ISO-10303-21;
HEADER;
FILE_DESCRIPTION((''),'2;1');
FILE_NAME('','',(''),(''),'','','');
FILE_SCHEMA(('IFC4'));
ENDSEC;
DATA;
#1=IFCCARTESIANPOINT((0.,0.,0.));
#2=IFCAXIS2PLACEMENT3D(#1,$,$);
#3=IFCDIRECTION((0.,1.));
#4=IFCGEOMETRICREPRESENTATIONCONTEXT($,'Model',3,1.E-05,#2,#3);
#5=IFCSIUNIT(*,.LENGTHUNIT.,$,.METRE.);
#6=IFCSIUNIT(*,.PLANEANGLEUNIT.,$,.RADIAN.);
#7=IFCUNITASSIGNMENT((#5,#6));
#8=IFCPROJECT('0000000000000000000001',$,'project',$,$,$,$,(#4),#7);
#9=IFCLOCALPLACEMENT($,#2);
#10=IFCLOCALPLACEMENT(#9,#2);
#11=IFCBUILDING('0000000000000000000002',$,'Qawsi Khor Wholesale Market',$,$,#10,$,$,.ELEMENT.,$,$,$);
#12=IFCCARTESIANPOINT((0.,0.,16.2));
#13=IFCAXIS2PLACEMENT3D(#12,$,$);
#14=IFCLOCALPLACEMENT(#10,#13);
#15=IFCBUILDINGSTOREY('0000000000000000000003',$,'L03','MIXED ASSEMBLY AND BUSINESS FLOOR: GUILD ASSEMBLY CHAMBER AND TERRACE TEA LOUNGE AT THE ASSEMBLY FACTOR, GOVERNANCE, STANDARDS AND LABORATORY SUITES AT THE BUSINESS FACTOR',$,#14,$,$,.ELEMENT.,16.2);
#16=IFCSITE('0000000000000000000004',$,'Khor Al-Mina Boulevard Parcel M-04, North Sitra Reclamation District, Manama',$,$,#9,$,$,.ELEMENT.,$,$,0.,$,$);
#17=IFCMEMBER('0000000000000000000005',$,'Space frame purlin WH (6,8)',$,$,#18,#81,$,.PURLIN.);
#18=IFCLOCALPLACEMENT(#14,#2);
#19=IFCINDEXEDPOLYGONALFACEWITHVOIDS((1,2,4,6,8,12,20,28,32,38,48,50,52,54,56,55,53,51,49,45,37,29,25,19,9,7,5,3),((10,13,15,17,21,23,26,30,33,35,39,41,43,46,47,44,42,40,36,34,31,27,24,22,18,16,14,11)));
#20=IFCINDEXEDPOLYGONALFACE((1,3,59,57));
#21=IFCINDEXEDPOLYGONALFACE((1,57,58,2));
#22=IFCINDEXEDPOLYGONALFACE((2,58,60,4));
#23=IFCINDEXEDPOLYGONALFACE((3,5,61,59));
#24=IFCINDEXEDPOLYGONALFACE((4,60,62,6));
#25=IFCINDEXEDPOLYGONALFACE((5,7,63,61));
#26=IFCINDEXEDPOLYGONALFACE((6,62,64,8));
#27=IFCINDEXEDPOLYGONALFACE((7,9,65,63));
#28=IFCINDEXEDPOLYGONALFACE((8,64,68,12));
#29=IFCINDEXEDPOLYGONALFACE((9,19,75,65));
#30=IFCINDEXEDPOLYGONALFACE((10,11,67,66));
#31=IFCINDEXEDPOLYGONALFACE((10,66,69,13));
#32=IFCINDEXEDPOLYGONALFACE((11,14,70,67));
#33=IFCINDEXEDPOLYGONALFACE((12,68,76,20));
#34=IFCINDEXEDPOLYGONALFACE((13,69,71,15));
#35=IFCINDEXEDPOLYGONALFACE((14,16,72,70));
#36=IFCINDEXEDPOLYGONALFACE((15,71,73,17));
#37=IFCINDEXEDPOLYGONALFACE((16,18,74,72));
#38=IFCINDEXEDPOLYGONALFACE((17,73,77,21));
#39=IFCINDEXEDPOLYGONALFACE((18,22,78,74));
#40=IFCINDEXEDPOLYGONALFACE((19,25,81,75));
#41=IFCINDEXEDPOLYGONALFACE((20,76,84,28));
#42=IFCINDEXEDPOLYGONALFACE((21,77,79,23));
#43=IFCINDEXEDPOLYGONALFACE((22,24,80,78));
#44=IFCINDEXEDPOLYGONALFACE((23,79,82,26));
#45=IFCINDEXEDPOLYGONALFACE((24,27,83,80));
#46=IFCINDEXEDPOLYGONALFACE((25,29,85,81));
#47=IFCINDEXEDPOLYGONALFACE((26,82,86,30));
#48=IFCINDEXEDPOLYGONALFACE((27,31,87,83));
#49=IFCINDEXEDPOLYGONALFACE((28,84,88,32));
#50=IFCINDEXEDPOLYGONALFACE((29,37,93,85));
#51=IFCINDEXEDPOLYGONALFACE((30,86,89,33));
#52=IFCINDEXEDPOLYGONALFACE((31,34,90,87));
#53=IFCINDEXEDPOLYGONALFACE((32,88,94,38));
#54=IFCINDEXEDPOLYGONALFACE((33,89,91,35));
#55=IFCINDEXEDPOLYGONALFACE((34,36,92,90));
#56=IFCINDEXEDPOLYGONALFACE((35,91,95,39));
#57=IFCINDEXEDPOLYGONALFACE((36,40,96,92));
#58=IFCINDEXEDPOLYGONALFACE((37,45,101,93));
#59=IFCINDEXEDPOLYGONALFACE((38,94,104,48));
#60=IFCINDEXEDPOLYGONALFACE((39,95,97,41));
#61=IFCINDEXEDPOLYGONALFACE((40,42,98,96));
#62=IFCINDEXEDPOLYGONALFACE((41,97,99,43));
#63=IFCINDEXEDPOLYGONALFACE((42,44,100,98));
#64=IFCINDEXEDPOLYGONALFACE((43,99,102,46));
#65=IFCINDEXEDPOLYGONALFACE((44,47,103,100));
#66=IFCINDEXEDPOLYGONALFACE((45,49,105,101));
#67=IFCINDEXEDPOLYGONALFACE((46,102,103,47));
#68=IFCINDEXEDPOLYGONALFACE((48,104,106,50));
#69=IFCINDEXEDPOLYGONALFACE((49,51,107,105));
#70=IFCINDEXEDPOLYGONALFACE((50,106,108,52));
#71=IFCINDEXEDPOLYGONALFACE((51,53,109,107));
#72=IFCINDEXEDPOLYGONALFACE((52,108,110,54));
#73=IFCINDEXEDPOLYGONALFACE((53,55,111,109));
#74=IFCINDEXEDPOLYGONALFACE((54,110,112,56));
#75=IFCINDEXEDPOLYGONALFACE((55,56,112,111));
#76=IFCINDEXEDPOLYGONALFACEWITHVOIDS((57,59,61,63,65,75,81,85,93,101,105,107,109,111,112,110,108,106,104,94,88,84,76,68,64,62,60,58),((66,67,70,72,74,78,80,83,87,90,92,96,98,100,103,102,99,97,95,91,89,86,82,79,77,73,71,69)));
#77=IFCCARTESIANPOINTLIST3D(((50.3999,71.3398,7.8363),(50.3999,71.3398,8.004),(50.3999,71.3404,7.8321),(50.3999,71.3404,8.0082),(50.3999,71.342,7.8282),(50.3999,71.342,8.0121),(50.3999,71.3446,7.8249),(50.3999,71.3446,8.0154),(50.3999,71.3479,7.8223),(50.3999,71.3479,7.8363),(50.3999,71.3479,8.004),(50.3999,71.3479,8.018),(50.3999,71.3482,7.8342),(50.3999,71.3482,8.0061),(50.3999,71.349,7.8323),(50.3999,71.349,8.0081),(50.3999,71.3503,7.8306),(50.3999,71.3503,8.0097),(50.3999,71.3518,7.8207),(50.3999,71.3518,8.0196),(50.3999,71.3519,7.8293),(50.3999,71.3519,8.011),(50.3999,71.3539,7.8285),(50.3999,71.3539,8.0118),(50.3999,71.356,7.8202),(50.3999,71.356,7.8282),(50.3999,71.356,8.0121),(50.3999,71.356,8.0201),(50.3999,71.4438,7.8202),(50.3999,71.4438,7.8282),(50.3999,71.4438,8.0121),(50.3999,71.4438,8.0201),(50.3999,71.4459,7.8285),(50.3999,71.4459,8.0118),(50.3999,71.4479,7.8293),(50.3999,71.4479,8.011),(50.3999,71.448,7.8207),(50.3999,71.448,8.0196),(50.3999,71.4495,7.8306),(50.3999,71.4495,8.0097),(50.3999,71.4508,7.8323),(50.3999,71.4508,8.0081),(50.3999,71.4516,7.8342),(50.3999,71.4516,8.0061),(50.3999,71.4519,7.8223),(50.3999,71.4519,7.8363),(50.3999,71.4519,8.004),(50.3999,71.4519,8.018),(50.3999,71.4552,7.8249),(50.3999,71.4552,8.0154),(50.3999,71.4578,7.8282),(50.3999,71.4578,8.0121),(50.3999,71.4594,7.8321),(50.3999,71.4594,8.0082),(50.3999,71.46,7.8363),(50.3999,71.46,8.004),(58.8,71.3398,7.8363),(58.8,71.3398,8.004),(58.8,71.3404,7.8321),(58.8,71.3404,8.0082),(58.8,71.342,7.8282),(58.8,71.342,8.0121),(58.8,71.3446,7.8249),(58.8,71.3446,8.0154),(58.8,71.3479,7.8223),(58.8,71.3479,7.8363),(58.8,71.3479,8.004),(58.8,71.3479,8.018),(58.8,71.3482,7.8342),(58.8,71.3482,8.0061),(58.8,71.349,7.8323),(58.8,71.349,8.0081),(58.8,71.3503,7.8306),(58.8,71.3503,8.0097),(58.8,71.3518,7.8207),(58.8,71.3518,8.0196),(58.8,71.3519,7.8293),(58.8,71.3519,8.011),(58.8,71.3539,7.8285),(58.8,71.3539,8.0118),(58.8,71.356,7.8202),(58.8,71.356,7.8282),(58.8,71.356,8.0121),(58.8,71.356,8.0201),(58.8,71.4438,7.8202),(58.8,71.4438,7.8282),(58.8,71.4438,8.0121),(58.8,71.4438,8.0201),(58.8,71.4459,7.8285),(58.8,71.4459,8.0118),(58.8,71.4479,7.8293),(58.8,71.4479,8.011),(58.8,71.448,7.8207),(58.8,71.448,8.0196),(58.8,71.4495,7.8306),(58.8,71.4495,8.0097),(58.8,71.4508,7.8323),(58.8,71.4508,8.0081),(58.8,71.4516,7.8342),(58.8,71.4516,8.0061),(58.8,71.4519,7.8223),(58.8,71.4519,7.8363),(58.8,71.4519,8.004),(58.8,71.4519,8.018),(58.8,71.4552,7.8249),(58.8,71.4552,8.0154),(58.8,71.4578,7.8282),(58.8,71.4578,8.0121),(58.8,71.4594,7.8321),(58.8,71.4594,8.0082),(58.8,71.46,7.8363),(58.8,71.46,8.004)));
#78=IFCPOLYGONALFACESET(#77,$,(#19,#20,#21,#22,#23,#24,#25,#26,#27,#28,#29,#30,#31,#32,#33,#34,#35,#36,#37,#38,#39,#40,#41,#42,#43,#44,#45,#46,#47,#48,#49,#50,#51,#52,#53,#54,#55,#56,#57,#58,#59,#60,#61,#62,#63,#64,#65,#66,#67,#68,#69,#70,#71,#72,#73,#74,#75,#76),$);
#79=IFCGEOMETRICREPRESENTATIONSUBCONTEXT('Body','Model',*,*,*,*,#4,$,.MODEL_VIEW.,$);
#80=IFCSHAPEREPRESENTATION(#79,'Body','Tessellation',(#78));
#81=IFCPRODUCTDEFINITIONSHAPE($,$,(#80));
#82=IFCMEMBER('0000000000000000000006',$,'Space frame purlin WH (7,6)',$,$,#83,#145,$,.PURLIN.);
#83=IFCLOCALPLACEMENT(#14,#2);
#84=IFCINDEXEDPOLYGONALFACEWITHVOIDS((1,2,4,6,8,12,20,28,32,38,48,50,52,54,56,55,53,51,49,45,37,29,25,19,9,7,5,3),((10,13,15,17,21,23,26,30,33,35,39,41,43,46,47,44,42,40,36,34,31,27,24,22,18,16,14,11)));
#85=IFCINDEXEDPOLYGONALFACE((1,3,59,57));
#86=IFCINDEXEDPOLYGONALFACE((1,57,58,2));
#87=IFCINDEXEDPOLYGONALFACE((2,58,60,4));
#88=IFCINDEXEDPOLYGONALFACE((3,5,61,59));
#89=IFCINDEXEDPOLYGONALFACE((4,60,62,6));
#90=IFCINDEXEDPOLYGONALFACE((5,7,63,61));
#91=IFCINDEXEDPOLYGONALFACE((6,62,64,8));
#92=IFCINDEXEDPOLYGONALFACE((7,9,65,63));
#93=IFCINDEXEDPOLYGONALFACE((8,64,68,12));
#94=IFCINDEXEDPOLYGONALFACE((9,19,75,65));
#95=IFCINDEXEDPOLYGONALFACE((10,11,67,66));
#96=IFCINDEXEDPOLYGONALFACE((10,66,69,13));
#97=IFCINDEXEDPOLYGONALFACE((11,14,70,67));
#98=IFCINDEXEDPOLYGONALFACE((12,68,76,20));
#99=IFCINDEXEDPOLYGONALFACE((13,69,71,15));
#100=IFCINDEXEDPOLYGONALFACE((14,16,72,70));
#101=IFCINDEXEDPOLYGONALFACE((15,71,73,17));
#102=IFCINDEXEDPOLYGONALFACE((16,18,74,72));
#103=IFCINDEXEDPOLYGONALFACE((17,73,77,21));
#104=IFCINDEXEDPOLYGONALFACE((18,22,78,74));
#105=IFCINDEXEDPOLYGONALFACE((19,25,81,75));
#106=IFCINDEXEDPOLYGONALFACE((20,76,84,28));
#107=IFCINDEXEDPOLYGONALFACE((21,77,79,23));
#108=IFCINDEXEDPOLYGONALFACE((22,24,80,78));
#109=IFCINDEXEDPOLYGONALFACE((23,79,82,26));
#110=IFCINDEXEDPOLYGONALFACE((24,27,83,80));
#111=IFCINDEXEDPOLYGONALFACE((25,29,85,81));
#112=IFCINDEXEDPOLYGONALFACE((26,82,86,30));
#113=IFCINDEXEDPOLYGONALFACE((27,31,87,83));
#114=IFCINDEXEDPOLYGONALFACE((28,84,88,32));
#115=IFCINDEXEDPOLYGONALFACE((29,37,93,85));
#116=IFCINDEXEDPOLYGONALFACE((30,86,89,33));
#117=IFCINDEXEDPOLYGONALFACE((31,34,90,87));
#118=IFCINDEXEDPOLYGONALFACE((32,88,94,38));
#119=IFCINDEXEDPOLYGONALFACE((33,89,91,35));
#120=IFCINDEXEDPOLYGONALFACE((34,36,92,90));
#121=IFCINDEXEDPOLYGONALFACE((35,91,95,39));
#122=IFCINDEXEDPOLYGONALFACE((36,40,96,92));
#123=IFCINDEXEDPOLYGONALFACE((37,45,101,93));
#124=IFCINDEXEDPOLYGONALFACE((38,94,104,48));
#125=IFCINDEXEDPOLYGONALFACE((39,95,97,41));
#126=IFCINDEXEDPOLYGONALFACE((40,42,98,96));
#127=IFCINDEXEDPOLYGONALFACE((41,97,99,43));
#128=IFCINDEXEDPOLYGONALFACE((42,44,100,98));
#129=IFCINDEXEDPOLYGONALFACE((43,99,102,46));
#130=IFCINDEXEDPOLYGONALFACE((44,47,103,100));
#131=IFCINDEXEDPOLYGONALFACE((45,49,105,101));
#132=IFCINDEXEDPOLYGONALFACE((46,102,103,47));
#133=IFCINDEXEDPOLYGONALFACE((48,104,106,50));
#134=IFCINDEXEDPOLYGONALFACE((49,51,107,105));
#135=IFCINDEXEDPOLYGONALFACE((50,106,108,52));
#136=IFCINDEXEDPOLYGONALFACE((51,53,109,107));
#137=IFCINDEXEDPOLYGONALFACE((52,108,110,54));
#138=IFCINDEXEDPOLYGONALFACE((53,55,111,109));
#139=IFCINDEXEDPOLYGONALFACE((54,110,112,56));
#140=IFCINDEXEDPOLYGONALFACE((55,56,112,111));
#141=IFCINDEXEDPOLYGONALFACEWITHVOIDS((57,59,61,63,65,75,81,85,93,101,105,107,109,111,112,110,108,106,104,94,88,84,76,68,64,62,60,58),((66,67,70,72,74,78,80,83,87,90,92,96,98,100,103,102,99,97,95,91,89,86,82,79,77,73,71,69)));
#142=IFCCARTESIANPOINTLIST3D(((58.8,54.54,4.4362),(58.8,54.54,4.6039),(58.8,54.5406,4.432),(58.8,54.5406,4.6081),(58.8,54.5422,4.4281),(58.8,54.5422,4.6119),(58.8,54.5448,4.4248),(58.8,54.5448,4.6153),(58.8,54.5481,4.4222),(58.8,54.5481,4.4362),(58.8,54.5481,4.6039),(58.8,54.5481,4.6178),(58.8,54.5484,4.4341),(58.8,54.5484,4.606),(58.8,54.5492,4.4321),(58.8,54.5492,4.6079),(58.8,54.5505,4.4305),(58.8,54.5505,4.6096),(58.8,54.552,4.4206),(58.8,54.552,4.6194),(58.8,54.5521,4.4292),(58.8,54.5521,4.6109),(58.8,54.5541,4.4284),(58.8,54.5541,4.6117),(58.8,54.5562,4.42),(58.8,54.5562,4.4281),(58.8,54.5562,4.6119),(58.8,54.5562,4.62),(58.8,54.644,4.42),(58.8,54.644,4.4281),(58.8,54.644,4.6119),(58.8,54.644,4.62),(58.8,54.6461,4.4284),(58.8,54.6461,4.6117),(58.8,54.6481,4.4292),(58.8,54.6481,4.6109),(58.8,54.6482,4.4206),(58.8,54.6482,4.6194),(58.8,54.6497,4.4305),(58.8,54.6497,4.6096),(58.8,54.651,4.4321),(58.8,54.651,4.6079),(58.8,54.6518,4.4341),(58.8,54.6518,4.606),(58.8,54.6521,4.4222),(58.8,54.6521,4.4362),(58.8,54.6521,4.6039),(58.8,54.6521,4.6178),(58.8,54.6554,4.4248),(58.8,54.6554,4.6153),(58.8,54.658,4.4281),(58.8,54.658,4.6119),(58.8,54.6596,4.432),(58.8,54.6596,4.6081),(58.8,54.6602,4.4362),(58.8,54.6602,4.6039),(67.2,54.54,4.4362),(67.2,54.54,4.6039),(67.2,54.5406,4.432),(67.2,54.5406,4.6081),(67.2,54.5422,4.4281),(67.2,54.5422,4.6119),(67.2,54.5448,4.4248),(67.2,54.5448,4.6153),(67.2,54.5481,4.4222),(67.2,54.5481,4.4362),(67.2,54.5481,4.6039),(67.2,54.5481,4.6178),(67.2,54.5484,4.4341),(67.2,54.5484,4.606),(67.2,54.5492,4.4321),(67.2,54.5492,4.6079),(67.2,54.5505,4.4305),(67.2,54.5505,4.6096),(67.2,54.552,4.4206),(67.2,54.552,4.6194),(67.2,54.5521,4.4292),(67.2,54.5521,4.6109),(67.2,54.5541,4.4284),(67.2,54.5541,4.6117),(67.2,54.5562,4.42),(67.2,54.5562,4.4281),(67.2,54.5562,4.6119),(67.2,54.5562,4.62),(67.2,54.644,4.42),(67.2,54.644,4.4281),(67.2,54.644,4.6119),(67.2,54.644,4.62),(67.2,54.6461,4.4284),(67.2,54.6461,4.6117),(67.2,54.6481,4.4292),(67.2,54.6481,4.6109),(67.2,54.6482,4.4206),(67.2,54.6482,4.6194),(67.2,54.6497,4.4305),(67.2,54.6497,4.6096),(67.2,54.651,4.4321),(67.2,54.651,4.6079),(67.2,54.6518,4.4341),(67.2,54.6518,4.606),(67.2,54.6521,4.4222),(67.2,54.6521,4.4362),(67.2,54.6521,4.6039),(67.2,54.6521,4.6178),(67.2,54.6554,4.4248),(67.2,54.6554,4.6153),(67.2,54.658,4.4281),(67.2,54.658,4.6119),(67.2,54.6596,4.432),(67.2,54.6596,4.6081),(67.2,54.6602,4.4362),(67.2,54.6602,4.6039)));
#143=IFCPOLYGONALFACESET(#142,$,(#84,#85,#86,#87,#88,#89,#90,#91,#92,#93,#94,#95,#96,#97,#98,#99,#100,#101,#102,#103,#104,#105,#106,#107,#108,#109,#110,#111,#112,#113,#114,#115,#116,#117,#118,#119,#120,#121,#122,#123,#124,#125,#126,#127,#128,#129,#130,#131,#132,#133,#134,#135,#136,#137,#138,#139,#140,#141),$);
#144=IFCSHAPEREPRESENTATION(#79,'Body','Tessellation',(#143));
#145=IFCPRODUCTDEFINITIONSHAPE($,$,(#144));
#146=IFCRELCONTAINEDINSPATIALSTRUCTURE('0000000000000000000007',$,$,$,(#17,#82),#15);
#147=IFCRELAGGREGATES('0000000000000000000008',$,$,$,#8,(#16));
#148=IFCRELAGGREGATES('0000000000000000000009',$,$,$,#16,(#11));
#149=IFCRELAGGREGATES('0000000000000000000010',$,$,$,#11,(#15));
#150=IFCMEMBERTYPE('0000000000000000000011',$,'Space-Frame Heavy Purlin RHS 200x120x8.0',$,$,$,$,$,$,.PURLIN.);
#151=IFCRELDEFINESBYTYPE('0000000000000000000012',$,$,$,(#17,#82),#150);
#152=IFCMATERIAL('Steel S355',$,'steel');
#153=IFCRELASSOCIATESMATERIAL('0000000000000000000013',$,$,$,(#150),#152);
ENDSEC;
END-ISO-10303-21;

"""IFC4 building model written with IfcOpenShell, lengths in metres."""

from ifc_helpers import new_model, si_unit, direction, frame, origin, origin_2d, place, context, subcontext, project, spatial, hollow_rectangle, extrude, material, material_profile, profile_set, type_object, element, save


model = new_model("IFC4")

# Units and contexts
model_context = context("Model", 3, precision=1e-05, world=origin(), true_north=direction((0.0, 1.0)))
body_context = subcontext(model_context, "Body", "Model", "MODEL_VIEW")
ifc_project = project(units=[si_unit("LENGTHUNIT", "METRE"), si_unit("PLANEANGLEUNIT", "RADIAN")], contexts=[model_context])

# Site, building, storey
site_placement = place(None, origin())
site = spatial("IfcSite", under=ifc_project, at=site_placement, Name="Khor Al-Mina Boulevard Parcel M-04, North Sitra Reclamation District, Manama", CompositionType="ELEMENT", RefElevation=0.0)
building_placement = place(site_placement, origin())
building = spatial("IfcBuilding", under=site, at=building_placement, Name="Qawsi Khor Wholesale Market", CompositionType="ELEMENT")
storey_placement = place(building_placement, frame((0.0, 0.0, 16.2)))
storey = spatial("IfcBuildingStorey", under=building, at=storey_placement, Name="L03", Description="MIXED ASSEMBLY AND BUSINESS FLOOR: GUILD ASSEMBLY CHAMBER AND TERRACE TEA LOUNGE AT THE ASSEMBLY FACTOR, GOVERNANCE, STANDARDS AND LABORATORY SUITES AT THE BUSINESS FACTOR", CompositionType="ELEMENT", Elevation=16.2)

# Members
ifc_material_1 = material(Name="Steel S355", Category="steel")
ifc_material_profile_1 = material_profile(ifc_material_1, hollow_rectangle(XDim=0.1201, YDim=0.2, WallThickness=0.0081, InnerFilletRadius=0.0081, OuterFilletRadius=0.0161, at=origin_2d()), Name="RHS 200x120x8.0")
ifc_profile_set_1 = profile_set([ifc_material_profile_1], Name="Steel S355")
member_type_1 = type_object("IfcMemberType", Name="Space-Frame Heavy Purlin RHS 200x120x8.0", PredefinedType="PURLIN", material=ifc_profile_set_1)
for number, where, z_axis, x_axis, name in (
    (1, (50.3999, 71.3999, 7.9202), (1.0, 0.0, 0.0), (0.0, 1.0, 0.0), "Space frame purlin WH (6,8)"),
):
    element("IfcMember", number, at=place(storey_placement, frame(where, z_axis=z_axis, x_axis=x_axis)), inside=storey, type_object=member_type_1, Name=name, PredefinedType="PURLIN", context=body_context, shape_type="SweptSolid", body=[
        extrude(hollow_rectangle(XDim=0.1201, YDim=0.2, WallThickness=0.0081, InnerFilletRadius=0.0081, OuterFilletRadius=0.0161, at=origin_2d()), origin(), (0.0, 0.0, 1.0), 8.4001),
    ])
for number, where, z_axis, x_axis, name in (
    (2, (58.8, 54.6001, 4.52), (1.0, 0.0, 0.0), (0.0, 1.0, 0.0), "Space frame purlin WH (7,6)"),
):
    element("IfcMember", number, at=place(storey_placement, frame(where, z_axis=z_axis, x_axis=x_axis)), inside=storey, type_object=member_type_1, Name=name, PredefinedType="PURLIN", context=body_context, shape_type="SweptSolid", body=[
        extrude(hollow_rectangle(XDim=0.1201, YDim=0.2, WallThickness=0.0081, InnerFilletRadius=0.0081, OuterFilletRadius=0.0161, at=origin_2d()), origin(), (0.0, 0.0, 1.0), 8.3999),
    ])

save(model, "model.ifc")
